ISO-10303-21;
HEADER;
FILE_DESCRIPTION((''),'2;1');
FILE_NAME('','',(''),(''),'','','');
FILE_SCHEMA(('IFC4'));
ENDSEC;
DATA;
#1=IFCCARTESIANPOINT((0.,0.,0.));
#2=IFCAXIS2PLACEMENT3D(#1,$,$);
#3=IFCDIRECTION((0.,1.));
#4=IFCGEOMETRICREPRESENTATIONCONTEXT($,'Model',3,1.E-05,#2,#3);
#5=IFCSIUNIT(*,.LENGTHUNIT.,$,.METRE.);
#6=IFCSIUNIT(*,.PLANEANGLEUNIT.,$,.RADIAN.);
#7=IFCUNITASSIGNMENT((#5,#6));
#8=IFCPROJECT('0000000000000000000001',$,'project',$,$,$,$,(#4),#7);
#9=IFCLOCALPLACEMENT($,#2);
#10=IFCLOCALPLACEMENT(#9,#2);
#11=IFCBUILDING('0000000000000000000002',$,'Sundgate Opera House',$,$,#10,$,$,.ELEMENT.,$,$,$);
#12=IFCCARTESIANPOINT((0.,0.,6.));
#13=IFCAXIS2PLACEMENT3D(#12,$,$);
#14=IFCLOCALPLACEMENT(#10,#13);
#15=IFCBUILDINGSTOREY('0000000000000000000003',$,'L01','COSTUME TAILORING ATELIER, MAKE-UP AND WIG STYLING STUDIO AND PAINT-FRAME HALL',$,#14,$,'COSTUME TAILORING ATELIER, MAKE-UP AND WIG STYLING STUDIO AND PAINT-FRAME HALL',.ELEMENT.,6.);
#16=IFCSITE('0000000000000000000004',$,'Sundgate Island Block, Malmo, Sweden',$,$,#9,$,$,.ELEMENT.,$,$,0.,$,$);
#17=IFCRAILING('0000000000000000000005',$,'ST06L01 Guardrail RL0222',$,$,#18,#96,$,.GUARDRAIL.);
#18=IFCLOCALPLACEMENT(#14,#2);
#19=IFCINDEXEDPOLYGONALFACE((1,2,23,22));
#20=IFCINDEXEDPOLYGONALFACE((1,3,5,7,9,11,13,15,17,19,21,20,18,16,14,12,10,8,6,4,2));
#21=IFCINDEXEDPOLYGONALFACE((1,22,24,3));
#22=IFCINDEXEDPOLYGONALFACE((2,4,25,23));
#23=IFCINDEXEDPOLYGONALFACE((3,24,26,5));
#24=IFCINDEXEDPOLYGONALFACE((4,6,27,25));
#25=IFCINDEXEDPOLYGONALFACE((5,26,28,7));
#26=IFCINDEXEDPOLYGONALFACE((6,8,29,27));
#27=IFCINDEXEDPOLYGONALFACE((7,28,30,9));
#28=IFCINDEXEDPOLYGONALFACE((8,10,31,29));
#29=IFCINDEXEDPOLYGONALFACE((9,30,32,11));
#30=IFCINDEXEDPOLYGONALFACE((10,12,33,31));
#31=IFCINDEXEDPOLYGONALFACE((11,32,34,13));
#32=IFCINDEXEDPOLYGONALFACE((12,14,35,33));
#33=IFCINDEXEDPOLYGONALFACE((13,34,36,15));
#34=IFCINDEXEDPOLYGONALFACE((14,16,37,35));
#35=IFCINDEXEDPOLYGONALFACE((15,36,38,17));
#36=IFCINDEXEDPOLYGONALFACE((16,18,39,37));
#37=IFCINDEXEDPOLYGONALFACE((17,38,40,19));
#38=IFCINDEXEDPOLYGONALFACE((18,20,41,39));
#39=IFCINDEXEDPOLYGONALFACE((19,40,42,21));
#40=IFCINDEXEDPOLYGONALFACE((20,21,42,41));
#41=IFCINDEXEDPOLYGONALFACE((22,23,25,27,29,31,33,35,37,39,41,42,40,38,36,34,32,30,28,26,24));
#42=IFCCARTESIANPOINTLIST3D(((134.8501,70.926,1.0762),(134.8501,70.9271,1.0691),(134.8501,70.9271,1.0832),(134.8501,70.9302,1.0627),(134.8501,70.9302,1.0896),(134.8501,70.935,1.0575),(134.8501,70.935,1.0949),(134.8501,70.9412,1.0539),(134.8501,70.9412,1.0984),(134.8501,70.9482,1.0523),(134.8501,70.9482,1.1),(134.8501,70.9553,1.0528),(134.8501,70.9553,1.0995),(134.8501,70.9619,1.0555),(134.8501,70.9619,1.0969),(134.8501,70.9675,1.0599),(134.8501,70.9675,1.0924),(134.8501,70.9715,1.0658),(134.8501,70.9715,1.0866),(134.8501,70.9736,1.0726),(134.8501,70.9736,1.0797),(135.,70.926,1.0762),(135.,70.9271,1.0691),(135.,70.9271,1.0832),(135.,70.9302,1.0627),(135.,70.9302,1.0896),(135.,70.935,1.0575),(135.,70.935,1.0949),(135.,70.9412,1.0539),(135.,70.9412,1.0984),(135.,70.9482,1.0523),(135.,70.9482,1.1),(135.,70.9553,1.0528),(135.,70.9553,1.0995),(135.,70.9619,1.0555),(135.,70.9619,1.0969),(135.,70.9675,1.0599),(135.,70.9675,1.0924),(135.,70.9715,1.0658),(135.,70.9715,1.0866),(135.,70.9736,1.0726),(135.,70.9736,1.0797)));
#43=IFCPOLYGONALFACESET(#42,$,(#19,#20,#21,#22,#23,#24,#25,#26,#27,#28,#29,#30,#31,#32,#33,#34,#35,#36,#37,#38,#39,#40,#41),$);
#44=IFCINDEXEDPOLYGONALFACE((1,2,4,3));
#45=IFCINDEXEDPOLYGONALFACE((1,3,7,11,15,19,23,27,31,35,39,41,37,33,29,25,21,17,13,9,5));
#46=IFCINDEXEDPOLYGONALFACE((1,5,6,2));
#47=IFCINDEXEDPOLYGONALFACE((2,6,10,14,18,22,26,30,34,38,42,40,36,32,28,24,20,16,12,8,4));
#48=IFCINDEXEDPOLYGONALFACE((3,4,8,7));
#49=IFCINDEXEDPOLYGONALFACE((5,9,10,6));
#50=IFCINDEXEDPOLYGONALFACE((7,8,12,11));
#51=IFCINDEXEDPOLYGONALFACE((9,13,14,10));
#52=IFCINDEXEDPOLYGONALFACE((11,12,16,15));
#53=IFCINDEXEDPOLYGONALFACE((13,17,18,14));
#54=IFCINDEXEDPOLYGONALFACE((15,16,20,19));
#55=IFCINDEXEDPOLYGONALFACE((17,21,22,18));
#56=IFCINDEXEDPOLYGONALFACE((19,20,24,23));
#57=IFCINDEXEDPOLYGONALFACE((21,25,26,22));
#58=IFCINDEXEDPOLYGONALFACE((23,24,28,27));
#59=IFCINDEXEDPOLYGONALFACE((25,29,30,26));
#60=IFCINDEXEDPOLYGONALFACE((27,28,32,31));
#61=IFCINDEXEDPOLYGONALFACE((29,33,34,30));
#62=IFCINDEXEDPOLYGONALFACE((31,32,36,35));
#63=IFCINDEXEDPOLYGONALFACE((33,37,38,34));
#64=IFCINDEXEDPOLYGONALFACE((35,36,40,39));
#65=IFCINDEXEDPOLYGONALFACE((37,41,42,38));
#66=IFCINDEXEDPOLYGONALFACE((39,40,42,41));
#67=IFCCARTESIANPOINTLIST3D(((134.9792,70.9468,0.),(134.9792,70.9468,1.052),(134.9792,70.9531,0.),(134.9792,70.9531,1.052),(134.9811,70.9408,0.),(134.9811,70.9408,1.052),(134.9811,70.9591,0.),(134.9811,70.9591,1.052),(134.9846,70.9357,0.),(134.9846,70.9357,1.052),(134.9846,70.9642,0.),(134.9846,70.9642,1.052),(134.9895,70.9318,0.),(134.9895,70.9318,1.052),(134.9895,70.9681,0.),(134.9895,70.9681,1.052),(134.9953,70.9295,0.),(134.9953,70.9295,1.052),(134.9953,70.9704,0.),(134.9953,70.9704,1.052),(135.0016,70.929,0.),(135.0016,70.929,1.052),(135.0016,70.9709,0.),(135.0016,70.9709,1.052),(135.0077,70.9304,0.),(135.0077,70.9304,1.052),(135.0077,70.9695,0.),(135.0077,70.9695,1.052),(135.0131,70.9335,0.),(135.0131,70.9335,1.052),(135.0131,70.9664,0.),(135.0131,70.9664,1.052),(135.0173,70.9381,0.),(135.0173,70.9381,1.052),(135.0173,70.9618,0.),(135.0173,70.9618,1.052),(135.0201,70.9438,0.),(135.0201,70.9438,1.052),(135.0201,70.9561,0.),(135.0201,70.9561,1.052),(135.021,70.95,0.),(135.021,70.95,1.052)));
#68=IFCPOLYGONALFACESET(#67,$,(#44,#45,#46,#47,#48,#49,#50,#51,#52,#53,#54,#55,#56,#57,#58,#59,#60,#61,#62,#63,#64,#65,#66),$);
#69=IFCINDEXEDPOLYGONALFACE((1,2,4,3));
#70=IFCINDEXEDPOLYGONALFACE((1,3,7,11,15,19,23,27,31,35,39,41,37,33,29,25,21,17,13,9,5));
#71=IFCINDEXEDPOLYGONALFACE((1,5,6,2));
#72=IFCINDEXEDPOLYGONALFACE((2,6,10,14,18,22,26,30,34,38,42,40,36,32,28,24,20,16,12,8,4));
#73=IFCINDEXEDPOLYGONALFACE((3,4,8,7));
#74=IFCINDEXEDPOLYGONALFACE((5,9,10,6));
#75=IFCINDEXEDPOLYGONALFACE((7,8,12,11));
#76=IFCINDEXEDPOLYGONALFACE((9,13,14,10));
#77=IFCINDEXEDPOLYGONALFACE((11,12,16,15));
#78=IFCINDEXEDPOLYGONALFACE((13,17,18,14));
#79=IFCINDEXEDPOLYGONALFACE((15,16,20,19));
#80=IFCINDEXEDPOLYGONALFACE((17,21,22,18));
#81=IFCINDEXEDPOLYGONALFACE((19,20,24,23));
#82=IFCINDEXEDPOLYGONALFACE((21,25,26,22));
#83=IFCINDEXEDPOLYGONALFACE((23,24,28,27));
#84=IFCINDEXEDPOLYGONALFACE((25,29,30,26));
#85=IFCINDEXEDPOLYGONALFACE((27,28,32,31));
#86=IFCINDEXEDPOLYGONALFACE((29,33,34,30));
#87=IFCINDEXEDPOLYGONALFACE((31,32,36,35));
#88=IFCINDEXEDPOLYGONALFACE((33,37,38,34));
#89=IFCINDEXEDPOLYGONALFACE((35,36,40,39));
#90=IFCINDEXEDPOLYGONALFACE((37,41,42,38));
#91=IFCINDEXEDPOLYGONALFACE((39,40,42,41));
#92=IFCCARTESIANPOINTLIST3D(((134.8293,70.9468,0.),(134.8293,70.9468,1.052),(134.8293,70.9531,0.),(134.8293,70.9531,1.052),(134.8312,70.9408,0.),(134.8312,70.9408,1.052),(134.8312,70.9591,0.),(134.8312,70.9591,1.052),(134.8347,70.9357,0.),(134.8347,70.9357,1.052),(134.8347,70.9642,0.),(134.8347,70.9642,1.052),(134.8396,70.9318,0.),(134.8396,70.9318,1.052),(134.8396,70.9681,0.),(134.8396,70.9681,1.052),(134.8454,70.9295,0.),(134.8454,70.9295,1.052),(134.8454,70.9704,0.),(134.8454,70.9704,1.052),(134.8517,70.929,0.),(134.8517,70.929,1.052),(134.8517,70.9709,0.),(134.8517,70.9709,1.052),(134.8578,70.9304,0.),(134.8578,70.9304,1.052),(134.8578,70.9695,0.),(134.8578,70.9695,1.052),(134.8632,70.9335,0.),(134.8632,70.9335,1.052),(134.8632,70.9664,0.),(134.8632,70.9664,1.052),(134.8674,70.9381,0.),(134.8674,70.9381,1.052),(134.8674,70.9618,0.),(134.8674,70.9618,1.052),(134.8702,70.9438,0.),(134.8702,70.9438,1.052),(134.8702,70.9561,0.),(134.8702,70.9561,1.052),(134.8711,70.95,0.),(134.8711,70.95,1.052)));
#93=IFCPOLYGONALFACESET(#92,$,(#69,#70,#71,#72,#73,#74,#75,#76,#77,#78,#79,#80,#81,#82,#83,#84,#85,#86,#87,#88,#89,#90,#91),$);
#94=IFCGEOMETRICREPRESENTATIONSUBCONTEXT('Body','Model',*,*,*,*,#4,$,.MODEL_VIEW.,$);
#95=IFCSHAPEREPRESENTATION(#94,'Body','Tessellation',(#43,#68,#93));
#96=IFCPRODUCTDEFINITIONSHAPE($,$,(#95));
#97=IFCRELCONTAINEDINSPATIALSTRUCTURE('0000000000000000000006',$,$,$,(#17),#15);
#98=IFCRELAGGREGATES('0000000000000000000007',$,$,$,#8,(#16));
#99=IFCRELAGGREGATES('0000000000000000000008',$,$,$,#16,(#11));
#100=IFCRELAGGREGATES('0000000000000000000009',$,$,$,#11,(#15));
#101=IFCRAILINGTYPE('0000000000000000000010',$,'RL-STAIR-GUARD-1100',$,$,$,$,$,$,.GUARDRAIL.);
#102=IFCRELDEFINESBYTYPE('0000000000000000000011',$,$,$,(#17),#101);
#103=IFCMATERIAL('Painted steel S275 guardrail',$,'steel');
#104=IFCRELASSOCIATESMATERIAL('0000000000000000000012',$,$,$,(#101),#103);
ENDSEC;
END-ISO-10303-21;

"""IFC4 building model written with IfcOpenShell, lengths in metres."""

from ifc_helpers import new_model, si_unit, direction, frame, origin, origin_2d, place, context, subcontext, project, spatial, circle, extrude, material, type_object, element, save


model = new_model("IFC4")

# Units and contexts
model_context = context("Model", 3, precision=1e-05, world=origin(), true_north=direction((0.0, 1.0)))
body_context = subcontext(model_context, "Body", "Model", "MODEL_VIEW")
ifc_project = project(units=[si_unit("LENGTHUNIT", "METRE"), si_unit("PLANEANGLEUNIT", "RADIAN")], contexts=[model_context])

# Site, building, storey
site_placement = place(None, origin())
site = spatial("IfcSite", under=ifc_project, at=site_placement, Name="Sundgate Island Block, Malmo, Sweden", CompositionType="ELEMENT", RefElevation=0.0)
building_placement = place(site_placement, origin())
building = spatial("IfcBuilding", under=site, at=building_placement, Name="Sundgate Opera House", CompositionType="ELEMENT")
storey_placement = place(building_placement, frame((0.0, 0.0, 6.0)))
storey = spatial("IfcBuildingStorey", under=building, at=storey_placement, Name="L01", Description="COSTUME TAILORING ATELIER, MAKE-UP AND WIG STYLING STUDIO AND PAINT-FRAME HALL", LongName="COSTUME TAILORING ATELIER, MAKE-UP AND WIG STYLING STUDIO AND PAINT-FRAME HALL", CompositionType="ELEMENT", Elevation=6.0)

# Railing
ifc_material_1 = material(Name="Painted steel S275 guardrail", Category="steel")
railing_type = type_object("IfcRailingType", Name="RL-STAIR-GUARD-1100", PredefinedType="GUARDRAIL", material=ifc_material_1)
railing_placement = place(storey_placement, frame((135.0, 70.95, 0.0)))
element("IfcRailing", 1, at=railing_placement, inside=storey, type_object=railing_type, Name="ST06L01 Guardrail RL0222", PredefinedType="GUARDRAIL", context=body_context, shape_type="SweptSolid", body=[
    extrude(circle(Radius=0.0239, at=origin_2d()), frame((0.0, 0.0, 1.0762), z_axis=(-1.0, 0.0, 0.0), x_axis=(0.0, -1.0, 0.0)), (0.0, 0.0, 1.0), 0.1499),
    extrude(circle(Radius=0.021, at=origin_2d()), origin(), (0.0, 0.0, 1.0), 1.052),
    extrude(circle(Radius=0.021, at=origin_2d()), frame((-0.1499, 0.0, 0.0)), (0.0, 0.0, 1.0), 1.052),
])

save(model, "model.ifc")
